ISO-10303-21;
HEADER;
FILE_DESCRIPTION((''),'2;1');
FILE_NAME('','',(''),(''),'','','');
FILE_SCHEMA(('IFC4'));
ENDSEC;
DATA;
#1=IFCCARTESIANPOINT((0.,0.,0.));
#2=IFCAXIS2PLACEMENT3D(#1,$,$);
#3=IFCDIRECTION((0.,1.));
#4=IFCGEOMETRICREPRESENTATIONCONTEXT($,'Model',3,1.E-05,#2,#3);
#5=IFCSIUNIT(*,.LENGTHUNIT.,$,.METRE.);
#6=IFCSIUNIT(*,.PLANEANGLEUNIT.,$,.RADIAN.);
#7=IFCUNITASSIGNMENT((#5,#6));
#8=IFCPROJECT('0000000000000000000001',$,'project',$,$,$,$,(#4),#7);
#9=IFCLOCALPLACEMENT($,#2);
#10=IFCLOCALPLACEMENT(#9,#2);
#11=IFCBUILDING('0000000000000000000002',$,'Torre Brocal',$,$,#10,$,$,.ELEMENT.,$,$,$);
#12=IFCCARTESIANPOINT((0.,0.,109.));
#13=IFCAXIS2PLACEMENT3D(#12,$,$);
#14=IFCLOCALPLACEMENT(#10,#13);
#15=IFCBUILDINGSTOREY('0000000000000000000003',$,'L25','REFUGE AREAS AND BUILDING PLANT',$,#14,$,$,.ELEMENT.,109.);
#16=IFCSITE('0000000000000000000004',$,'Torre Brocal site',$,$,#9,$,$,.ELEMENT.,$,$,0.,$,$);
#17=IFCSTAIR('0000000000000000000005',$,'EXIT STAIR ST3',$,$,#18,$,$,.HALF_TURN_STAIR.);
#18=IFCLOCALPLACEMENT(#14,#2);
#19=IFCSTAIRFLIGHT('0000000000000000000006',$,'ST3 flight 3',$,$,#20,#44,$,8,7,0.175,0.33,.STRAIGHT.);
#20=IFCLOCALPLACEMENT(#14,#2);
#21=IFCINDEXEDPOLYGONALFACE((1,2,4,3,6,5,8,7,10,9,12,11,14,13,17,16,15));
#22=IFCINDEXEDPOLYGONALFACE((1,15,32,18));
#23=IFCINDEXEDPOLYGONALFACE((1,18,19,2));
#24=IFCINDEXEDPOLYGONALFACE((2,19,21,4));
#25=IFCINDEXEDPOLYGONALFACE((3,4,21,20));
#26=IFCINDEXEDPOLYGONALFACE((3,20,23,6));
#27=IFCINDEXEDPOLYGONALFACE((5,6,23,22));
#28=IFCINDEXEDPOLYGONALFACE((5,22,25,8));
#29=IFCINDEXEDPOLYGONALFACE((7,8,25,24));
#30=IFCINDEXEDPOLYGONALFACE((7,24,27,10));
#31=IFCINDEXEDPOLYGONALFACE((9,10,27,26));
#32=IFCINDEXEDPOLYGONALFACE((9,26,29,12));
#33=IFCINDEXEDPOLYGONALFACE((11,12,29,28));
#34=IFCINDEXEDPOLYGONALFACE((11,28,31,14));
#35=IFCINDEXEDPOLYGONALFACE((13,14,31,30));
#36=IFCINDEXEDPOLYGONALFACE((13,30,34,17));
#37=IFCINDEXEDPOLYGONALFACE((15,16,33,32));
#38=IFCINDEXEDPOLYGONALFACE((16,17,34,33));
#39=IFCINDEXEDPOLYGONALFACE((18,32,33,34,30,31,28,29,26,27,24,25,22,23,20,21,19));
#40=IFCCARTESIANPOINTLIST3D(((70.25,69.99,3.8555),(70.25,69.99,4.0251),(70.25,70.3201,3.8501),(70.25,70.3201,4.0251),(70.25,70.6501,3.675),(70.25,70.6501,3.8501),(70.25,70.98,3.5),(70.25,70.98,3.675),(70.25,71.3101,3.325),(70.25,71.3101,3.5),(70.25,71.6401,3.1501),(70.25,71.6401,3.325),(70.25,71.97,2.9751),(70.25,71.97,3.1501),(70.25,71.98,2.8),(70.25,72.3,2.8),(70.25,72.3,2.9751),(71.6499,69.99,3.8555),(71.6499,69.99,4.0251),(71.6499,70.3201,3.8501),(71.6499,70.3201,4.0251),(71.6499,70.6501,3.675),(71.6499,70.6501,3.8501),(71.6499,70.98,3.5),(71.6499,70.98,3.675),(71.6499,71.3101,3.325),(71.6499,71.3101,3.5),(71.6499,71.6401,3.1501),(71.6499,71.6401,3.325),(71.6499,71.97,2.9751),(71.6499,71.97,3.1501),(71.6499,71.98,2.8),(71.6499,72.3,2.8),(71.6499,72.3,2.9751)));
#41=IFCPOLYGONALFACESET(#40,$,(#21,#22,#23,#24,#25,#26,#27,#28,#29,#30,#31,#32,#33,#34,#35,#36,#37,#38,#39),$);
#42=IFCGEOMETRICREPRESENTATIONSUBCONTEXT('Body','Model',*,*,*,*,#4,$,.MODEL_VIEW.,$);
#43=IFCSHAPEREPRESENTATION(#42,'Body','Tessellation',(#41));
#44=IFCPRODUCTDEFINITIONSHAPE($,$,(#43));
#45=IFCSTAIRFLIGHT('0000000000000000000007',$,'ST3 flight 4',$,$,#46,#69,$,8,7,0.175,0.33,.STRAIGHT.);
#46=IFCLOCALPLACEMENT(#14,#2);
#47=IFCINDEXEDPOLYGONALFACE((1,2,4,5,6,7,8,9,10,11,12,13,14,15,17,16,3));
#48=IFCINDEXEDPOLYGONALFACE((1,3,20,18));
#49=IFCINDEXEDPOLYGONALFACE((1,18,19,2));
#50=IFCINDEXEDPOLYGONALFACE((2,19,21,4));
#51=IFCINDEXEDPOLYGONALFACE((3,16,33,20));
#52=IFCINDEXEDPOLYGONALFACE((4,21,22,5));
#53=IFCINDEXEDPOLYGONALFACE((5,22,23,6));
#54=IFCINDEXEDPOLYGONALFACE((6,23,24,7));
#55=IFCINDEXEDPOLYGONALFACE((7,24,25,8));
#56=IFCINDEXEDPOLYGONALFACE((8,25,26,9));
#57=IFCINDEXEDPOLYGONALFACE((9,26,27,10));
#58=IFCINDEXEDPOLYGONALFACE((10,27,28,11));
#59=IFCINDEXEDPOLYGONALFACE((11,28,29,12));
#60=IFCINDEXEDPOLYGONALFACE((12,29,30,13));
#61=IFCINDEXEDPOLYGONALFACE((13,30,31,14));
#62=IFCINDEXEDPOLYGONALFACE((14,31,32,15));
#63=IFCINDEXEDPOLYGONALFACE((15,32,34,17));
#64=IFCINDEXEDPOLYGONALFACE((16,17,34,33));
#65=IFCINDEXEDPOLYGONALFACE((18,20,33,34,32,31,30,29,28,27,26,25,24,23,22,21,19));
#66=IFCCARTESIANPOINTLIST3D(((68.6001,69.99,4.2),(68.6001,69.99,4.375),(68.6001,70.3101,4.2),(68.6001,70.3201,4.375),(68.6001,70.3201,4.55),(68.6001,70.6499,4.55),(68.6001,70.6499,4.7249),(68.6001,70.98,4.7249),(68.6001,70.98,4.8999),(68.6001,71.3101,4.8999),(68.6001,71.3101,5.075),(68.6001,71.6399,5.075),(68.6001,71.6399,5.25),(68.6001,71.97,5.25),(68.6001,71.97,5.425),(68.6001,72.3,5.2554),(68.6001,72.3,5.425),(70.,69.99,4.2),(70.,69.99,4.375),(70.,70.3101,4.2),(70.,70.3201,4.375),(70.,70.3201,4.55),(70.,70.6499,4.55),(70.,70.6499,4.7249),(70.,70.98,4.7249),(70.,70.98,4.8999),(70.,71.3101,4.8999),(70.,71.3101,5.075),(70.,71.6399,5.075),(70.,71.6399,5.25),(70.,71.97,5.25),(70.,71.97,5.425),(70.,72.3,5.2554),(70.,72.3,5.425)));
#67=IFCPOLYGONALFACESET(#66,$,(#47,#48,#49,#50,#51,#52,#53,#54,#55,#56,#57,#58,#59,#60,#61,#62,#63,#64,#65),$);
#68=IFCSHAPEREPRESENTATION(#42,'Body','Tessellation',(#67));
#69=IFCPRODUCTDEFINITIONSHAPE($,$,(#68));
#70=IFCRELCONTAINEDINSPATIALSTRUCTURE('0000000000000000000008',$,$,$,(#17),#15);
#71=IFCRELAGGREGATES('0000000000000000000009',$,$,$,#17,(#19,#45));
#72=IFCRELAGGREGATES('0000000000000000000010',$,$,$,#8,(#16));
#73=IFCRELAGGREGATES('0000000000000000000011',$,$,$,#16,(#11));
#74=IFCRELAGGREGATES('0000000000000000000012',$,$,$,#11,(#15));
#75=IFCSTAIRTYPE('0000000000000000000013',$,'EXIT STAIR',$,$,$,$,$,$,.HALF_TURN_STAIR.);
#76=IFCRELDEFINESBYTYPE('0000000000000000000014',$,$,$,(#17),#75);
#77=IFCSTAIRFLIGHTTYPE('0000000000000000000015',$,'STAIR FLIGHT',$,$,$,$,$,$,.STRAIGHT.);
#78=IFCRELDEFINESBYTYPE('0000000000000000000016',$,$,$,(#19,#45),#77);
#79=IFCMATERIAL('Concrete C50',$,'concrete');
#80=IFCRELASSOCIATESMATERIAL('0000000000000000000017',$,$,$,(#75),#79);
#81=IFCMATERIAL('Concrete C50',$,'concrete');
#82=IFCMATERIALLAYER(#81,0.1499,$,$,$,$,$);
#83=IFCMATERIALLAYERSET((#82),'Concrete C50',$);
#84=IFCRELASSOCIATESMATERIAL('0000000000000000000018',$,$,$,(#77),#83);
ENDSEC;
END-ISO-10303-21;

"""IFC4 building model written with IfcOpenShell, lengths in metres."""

from ifc_helpers import new_model, si_unit, direction, frame, origin, place, context, subcontext, project, spatial, polyline, outline, extrude, material, layer, layer_set, type_object, element, aggregate, save


model = new_model("IFC4")

# Units and contexts
model_context = context("Model", 3, precision=1e-05, world=origin(), true_north=direction((0.0, 1.0)))
body_context = subcontext(model_context, "Body", "Model", "MODEL_VIEW")
ifc_project = project(units=[si_unit("LENGTHUNIT", "METRE"), si_unit("PLANEANGLEUNIT", "RADIAN")], contexts=[model_context])

# Site, building, storey
site_placement = place(None, origin())
site = spatial("IfcSite", under=ifc_project, at=site_placement, Name="Torre Brocal site", CompositionType="ELEMENT", RefElevation=0.0)
building_placement = place(site_placement, origin())
building = spatial("IfcBuilding", under=site, at=building_placement, Name="Torre Brocal", CompositionType="ELEMENT")
storey_placement = place(building_placement, frame((0.0, 0.0, 109.0)))
storey = spatial("IfcBuildingStorey", under=building, at=storey_placement, Name="L25", Description="REFUGE AREAS AND BUILDING PLANT", CompositionType="ELEMENT", Elevation=109.0)

# Stair, stair flights
ifc_material_1 = material(Name="Concrete C50", Category="concrete")
stair_type = type_object("IfcStairType", Name="EXIT STAIR", PredefinedType="HALF_TURN_STAIR", material=ifc_material_1)
stair_placement = place(storey_placement, origin())
stair = element("IfcStair", 1, at=stair_placement, inside=storey, type_object=stair_type, Name="EXIT STAIR ST3", PredefinedType="HALF_TURN_STAIR")
ifc_material_2 = material(Name="Concrete C50", Category="concrete")
ifc_layer_1 = layer(ifc_material_2, 0.1499)
ifc_layer_set_1 = layer_set([ifc_layer_1], Name="Concrete C50")
stair_flight_type = type_object("IfcStairFlightType", Name="STAIR FLIGHT", PredefinedType="STRAIGHT", material=ifc_layer_set_1)
stair_flight_1_placement = place(storey_placement, frame((70.95, 72.3, 2.8), z_axis=(0.0, 0.0, 1.0), x_axis=(0.0, -1.0, 0.0)))
stair_flight_1 = element("IfcStairFlight", 2, at=stair_flight_1_placement, type_object=stair_flight_type, Name="ST3 flight 3", NumberOfRisers=8, NumberOfTreads=7, PredefinedType="STRAIGHT", RiserHeight=0.175, TreadLength=0.33, context=body_context, shape_type="SweptSolid", body=[
    extrude(outline(polyline([(0.0, 0.0), (0.0, 0.175), (0.3301, 0.175), (0.3301, 0.3501), (0.6599, 0.3501), (0.6599, 0.5249), (0.99, 0.5249), (0.99, 0.7), (1.3201, 0.7), (1.3201, 0.875), (1.6499, 0.875), (1.6499, 1.05), (1.98, 1.05), (1.98, 1.2251), (2.3101, 1.2251), (2.3101, 1.3999), (2.3101, 1.0554), (0.3201, 0.0), (0.0, 0.0)])), frame((0.0, 0.7, 0.0), z_axis=(0.0, -1.0, 0.0), x_axis=(1.0, 0.0, 0.0)), (0.0, 0.0, 1.0), 1.3999),
])
stair_flight_2_placement = place(storey_placement, frame((69.3, 69.99, 4.2), z_axis=(0.0, 0.0, 1.0), x_axis=(0.0, 1.0, 0.0)))
stair_flight_2 = element("IfcStairFlight", 3, at=stair_flight_2_placement, type_object=stair_flight_type, Name="ST3 flight 4", NumberOfRisers=8, NumberOfTreads=7, PredefinedType="STRAIGHT", RiserHeight=0.175, TreadLength=0.33, context=body_context, shape_type="SweptSolid", body=[
    extrude(outline(polyline([(0.0, 0.0), (0.0, 0.175), (0.3301, 0.175), (0.3301, 0.3501), (0.6599, 0.3501), (0.6599, 0.5249), (0.99, 0.5249), (0.99, 0.7), (1.3201, 0.7), (1.3201, 0.875), (1.6499, 0.875), (1.6499, 1.05), (1.98, 1.05), (1.98, 1.2251), (2.3101, 1.2251), (2.3101, 1.3999), (2.3101, 1.0554), (0.3201, 0.0), (0.0, 0.0)])), frame((0.0, 0.7, 0.0), z_axis=(0.0, -1.0, 0.0), x_axis=(1.0, 0.0, 0.0)), (0.0, 0.0, 1.0), 1.3999),
])
aggregate(stair, [stair_flight_1, stair_flight_2])

save(model, "model.ifc")
